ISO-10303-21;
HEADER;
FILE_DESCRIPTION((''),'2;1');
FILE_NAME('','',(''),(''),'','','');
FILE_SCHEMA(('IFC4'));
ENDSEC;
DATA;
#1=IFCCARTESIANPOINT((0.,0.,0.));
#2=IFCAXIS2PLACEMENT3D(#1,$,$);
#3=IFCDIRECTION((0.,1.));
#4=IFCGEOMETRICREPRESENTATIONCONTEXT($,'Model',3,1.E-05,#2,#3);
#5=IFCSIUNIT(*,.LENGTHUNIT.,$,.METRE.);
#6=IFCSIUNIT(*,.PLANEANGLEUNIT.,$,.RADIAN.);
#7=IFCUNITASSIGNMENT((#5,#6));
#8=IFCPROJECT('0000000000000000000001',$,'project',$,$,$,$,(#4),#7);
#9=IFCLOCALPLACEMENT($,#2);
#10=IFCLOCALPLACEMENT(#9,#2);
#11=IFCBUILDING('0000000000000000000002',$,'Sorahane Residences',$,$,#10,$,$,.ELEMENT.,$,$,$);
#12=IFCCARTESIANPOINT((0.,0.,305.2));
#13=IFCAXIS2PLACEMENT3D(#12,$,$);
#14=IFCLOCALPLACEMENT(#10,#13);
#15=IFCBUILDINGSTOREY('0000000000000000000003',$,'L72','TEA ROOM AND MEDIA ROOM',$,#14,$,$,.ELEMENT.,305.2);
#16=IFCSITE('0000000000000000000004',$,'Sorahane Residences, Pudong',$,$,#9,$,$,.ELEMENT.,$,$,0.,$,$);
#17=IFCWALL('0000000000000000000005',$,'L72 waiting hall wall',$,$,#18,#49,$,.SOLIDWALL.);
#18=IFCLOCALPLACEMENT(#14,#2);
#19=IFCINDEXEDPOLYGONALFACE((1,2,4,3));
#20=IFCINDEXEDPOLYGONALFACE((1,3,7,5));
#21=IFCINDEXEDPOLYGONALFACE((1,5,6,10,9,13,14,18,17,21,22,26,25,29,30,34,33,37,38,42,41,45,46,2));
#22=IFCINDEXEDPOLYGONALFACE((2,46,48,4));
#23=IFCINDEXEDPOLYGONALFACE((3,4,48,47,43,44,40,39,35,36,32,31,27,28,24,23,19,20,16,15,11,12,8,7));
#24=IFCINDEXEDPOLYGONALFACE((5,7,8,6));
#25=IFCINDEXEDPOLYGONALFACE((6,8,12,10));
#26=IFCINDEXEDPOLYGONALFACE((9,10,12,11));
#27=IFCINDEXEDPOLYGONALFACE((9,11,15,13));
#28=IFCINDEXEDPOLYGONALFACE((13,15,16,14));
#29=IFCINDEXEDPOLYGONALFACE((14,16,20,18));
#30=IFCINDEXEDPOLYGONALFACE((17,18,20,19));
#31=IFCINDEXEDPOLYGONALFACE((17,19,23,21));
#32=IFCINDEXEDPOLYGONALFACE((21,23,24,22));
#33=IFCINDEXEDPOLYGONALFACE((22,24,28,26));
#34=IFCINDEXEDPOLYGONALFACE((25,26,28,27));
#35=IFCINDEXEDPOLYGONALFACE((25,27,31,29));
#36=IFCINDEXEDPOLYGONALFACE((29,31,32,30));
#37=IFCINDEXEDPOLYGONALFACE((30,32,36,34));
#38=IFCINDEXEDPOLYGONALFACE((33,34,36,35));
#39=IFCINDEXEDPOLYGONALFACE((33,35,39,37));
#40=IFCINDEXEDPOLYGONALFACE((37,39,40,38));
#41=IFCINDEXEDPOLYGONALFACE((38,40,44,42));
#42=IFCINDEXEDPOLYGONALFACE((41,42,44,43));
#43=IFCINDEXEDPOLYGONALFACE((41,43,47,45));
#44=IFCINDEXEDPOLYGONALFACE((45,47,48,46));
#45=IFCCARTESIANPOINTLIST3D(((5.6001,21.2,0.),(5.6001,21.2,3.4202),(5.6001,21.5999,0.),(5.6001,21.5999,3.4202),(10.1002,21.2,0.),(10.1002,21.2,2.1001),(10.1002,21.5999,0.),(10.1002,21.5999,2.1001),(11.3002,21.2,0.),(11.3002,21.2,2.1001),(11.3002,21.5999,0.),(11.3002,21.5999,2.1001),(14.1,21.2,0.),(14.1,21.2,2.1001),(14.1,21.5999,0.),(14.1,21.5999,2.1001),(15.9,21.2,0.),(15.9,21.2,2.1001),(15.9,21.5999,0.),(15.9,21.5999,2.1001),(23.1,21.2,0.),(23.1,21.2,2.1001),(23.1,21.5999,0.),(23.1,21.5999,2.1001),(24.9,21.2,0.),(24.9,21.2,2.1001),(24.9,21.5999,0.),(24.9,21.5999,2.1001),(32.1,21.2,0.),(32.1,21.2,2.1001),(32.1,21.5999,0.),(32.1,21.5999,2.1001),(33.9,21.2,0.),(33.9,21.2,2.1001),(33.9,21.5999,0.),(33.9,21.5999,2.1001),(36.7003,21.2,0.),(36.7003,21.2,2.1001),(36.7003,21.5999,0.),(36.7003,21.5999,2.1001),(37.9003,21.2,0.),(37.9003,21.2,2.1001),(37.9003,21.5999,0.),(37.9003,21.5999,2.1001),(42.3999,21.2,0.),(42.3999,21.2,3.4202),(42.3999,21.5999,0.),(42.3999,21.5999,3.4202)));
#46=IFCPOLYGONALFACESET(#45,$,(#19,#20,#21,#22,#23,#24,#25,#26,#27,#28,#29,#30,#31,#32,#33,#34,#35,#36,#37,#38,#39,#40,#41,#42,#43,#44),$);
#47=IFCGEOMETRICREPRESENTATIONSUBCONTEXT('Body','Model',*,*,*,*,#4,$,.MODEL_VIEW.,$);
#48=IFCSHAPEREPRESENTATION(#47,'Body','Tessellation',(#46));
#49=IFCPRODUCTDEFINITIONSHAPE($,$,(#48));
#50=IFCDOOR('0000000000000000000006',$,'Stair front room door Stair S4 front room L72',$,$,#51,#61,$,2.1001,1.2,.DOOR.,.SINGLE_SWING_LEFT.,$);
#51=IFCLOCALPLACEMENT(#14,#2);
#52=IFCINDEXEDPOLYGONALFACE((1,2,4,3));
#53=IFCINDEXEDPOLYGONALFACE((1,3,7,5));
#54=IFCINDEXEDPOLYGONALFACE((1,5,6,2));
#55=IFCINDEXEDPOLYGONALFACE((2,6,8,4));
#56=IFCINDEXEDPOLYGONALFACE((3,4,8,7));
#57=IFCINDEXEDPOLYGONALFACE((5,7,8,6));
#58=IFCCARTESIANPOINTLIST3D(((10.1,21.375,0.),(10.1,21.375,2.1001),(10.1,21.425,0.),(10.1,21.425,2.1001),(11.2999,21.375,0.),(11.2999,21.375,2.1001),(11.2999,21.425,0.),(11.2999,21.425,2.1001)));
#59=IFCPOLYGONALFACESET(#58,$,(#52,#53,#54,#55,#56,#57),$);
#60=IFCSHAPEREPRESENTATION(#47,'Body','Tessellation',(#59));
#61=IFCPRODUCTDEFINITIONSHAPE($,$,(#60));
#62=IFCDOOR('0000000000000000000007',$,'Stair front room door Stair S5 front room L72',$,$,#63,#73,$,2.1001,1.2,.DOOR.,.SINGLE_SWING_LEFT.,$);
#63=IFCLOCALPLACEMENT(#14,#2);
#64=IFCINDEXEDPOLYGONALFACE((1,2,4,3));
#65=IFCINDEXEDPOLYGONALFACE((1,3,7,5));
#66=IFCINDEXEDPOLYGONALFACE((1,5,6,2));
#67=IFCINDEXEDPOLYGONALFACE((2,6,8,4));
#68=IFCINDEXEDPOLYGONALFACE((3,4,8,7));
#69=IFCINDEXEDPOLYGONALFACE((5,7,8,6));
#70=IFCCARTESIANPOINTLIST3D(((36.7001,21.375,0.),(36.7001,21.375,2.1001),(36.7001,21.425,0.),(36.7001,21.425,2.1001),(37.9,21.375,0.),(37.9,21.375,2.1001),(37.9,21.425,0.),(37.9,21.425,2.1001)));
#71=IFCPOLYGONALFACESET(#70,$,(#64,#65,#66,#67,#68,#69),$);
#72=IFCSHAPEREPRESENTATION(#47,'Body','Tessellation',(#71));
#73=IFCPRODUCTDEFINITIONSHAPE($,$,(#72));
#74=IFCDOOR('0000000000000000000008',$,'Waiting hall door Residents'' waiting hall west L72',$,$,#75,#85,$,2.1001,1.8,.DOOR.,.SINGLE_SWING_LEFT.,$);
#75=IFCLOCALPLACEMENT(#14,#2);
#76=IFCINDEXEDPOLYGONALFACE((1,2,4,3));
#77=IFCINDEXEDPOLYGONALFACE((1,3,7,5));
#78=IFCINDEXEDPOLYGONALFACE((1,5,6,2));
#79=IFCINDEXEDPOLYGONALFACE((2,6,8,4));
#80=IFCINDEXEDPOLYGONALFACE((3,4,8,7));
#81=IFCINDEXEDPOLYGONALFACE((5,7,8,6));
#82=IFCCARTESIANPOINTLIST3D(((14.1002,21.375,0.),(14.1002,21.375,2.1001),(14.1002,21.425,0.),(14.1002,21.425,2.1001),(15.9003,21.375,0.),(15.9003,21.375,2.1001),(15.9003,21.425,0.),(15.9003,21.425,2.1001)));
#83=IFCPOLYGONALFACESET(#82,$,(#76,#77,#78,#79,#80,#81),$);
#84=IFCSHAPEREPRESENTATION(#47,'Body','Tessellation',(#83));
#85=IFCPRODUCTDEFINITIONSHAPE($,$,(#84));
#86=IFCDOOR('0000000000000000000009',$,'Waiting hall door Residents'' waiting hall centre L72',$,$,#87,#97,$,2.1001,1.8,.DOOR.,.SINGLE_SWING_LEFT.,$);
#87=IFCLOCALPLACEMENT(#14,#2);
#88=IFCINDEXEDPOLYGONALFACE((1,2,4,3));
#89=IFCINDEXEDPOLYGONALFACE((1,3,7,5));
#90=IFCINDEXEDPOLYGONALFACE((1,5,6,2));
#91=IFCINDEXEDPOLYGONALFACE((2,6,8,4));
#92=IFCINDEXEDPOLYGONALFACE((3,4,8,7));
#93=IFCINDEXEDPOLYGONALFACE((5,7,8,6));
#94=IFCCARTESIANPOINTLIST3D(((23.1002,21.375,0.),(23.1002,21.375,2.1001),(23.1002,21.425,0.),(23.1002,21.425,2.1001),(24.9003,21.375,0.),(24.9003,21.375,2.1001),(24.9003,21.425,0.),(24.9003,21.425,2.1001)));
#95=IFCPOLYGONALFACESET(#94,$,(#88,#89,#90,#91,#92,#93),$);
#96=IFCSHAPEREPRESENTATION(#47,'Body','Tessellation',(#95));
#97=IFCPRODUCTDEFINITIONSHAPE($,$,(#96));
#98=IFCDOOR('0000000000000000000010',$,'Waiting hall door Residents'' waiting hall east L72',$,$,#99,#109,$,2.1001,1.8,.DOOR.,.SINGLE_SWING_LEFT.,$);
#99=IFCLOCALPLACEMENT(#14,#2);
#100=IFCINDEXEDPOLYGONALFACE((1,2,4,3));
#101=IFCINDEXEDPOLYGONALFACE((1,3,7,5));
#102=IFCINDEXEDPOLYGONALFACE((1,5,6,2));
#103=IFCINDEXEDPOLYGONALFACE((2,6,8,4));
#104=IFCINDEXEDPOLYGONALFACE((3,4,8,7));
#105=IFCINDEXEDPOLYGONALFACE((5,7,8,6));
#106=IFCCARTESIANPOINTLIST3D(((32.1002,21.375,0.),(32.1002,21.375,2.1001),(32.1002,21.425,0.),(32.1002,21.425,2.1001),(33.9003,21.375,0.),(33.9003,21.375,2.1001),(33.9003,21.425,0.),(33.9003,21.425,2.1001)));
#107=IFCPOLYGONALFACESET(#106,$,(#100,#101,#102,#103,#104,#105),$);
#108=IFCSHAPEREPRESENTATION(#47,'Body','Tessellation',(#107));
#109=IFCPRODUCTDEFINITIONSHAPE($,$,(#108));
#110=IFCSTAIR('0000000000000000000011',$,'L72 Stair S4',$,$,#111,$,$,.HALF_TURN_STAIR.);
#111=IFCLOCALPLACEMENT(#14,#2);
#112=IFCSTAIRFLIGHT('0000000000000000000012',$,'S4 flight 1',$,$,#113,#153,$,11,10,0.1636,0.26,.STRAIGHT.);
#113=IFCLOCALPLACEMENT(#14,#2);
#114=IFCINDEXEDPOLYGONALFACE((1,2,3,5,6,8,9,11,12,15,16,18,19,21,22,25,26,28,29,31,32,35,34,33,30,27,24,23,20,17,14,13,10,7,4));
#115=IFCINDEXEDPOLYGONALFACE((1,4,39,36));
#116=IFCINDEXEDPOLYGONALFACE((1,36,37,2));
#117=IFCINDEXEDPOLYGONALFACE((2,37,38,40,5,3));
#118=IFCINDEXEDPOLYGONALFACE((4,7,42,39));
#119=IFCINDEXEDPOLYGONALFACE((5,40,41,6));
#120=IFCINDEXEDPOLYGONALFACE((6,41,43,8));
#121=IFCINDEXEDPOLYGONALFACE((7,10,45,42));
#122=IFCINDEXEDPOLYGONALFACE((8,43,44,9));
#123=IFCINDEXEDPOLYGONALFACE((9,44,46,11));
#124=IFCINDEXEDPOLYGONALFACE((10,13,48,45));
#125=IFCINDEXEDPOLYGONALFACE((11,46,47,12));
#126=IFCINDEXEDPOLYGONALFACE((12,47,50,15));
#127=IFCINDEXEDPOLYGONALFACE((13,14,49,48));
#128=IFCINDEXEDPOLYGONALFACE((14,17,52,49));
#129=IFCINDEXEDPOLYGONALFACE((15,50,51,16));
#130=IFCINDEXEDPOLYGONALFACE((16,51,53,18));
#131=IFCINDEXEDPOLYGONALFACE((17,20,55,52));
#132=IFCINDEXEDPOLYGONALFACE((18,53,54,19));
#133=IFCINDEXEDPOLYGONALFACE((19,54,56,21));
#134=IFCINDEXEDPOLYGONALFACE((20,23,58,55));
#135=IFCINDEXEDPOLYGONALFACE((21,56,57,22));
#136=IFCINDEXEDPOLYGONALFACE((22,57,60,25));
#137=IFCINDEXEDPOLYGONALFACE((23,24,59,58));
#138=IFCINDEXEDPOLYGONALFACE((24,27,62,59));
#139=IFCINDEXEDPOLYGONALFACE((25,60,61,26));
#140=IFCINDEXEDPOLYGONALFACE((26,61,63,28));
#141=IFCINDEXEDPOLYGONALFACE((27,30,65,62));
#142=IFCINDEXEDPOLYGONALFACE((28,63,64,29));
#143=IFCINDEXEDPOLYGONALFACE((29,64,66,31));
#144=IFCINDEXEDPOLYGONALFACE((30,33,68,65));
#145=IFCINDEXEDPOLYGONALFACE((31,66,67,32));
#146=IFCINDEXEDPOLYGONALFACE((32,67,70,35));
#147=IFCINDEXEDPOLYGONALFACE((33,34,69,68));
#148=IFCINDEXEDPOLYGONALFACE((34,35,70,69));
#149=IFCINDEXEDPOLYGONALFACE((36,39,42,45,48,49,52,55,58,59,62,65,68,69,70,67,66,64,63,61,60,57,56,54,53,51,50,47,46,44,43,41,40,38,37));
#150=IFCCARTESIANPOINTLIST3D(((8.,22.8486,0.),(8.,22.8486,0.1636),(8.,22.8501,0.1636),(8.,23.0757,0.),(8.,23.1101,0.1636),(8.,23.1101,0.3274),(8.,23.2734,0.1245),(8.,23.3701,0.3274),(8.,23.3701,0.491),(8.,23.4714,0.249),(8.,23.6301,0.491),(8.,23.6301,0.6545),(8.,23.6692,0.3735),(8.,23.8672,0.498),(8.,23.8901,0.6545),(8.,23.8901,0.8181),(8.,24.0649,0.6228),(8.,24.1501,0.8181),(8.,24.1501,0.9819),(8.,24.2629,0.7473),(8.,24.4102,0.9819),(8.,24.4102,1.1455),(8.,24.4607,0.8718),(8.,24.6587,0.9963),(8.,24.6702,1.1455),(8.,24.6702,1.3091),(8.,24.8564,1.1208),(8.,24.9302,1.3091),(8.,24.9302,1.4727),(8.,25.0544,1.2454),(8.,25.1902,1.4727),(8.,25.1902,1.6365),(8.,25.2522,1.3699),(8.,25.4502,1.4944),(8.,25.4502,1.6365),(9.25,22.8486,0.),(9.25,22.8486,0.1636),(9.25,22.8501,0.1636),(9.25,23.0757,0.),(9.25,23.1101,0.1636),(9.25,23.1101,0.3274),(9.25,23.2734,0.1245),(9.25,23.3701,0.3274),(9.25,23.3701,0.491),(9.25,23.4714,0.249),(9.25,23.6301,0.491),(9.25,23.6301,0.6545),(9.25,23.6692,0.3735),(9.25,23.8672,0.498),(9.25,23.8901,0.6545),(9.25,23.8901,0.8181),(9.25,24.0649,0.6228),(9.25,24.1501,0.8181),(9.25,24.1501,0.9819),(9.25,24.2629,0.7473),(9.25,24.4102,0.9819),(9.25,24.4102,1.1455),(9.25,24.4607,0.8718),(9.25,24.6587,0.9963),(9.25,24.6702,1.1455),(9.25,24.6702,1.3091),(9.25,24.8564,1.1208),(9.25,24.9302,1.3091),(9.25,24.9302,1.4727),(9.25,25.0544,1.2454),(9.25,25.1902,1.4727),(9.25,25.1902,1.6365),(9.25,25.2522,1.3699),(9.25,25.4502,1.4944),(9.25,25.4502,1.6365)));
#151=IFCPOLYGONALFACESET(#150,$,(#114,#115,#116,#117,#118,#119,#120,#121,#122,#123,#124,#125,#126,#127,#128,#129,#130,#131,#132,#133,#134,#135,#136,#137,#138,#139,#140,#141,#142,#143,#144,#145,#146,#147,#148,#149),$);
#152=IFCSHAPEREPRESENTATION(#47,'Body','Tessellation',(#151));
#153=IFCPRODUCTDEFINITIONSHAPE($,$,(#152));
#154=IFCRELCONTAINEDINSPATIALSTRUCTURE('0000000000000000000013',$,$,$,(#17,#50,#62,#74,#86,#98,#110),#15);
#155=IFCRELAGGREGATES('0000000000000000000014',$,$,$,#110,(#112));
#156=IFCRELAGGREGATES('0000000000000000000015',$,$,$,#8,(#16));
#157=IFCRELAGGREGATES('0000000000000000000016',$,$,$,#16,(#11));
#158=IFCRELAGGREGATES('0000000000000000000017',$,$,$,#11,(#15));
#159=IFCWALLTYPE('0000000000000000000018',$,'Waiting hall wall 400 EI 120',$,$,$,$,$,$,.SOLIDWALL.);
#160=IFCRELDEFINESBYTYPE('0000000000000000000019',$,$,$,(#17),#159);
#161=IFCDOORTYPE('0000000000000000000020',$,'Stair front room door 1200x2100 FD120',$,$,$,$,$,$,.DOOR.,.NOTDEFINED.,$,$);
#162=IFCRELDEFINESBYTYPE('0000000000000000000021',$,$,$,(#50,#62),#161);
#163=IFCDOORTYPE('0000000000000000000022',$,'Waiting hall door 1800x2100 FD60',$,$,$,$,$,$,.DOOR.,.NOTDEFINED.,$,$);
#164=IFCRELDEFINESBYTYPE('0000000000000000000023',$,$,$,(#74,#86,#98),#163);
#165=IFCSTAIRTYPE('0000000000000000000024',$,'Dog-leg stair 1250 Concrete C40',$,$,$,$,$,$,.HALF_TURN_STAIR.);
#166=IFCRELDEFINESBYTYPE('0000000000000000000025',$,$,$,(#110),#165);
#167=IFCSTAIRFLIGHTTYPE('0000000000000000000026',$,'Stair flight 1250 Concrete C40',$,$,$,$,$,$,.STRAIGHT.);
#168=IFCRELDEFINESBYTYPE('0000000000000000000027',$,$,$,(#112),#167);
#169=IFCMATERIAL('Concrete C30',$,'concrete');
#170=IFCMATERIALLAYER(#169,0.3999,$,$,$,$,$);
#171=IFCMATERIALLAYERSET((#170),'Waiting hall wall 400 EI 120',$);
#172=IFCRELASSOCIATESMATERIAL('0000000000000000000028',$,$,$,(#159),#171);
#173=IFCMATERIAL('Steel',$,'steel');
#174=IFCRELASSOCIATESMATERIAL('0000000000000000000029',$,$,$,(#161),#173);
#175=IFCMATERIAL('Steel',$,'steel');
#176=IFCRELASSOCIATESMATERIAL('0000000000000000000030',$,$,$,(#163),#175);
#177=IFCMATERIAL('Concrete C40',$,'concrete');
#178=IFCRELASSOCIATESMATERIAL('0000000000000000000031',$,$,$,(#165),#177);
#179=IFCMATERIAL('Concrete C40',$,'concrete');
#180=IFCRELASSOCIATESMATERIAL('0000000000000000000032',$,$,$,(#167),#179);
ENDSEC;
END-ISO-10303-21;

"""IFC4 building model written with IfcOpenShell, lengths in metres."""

from ifc_helpers import new_model, si_unit, direction, frame, frame_2d, origin, place, context, subcontext, project, spatial, polyline, rectangle, outline, extrude, material, layer, layer_set, type_object, element, fill, aggregate, save


model = new_model("IFC4")

# Units and contexts
model_context = context("Model", 3, precision=1e-05, world=origin(), true_north=direction((0.0, 1.0)))
body_context = subcontext(model_context, "Body", "Model", "MODEL_VIEW")
ifc_project = project(units=[si_unit("LENGTHUNIT", "METRE"), si_unit("PLANEANGLEUNIT", "RADIAN")], contexts=[model_context])

# Site, building, storey
site_placement = place(None, origin())
site = spatial("IfcSite", under=ifc_project, at=site_placement, Name="Sorahane Residences, Pudong", CompositionType="ELEMENT", RefElevation=0.0)
building_placement = place(site_placement, origin())
building = spatial("IfcBuilding", under=site, at=building_placement, Name="Sorahane Residences", CompositionType="ELEMENT")
storey_placement = place(building_placement, frame((0.0, 0.0, 305.2)))
storey = spatial("IfcBuildingStorey", under=building, at=storey_placement, Name="L72", Description="TEA ROOM AND MEDIA ROOM", CompositionType="ELEMENT", Elevation=305.2)

# Wall, openings, doors
ifc_material_1 = material(Name="Concrete C30", Category="concrete")
ifc_layer_1 = layer(ifc_material_1, 0.3999)
ifc_layer_set_1 = layer_set([ifc_layer_1], Name="Waiting hall wall 400 EI 120")
wall_type_1 = type_object("IfcWallType", Name="Waiting hall wall 400 EI 120", PredefinedType="SOLIDWALL", material=ifc_layer_set_1)
wall_1_placement = place(storey_placement, frame((5.6001, 21.3999, 0.0), z_axis=(0.0, 0.0, 1.0), x_axis=(1.0, 0.0, 0.0)))
wall_1 = element("IfcWall", 1, at=wall_1_placement, inside=storey, type_object=wall_type_1, Name="L72 waiting hall wall", PredefinedType="SOLIDWALL", context=body_context, shape_type="SweptSolid", body=[
    extrude(rectangle(XDim=36.7998, YDim=0.3999, at=frame_2d((18.3999, 0.0))), origin(), (0.0, 0.0, 1.0), 3.4202),
])
opening_1_placement = place(wall_1_placement, frame((8.5, 0.0, 0.0)))
opening_1 = element("IfcOpeningElement", 2, at=opening_1_placement, cuts=wall_1, PredefinedType="OPENING", context=body_context, shape_type="SweptSolid", body=[
    extrude(rectangle(XDim=1.8, YDim=2.1001, at=frame_2d((0.8999, 1.05))), frame((0.0, 0.21, 0.0), z_axis=(0.0, -1.0, 0.0), x_axis=(1.0, 0.0, 0.0)), (0.0, 0.0, 1.0), 0.4199),
])
opening_2_placement = place(wall_1_placement, frame((17.5, 0.0, 0.0)))
opening_2 = element("IfcOpeningElement", 3, at=opening_2_placement, cuts=wall_1, PredefinedType="OPENING", context=body_context, shape_type="SweptSolid", body=[
    extrude(rectangle(XDim=1.8, YDim=2.1001, at=frame_2d((0.8999, 1.05))), frame((0.0, 0.21, 0.0), z_axis=(0.0, -1.0, 0.0), x_axis=(1.0, 0.0, 0.0)), (0.0, 0.0, 1.0), 0.4199),
])
opening_3_placement = place(wall_1_placement, frame((26.5, 0.0, 0.0)))
opening_3 = element("IfcOpeningElement", 4, at=opening_3_placement, cuts=wall_1, PredefinedType="OPENING", context=body_context, shape_type="SweptSolid", body=[
    extrude(rectangle(XDim=1.8, YDim=2.1001, at=frame_2d((0.8999, 1.05))), frame((0.0, 0.21, 0.0), z_axis=(0.0, -1.0, 0.0), x_axis=(1.0, 0.0, 0.0)), (0.0, 0.0, 1.0), 0.4199),
])
opening_4_placement = place(wall_1_placement, frame((4.5, 0.0, 0.0)))
opening_4 = element("IfcOpeningElement", 5, at=opening_4_placement, cuts=wall_1, PredefinedType="OPENING", context=body_context, shape_type="SweptSolid", body=[
    extrude(rectangle(XDim=1.2, YDim=2.1001, at=frame_2d((0.6001, 1.05))), frame((0.0, 0.21, 0.0), z_axis=(0.0, -1.0, 0.0), x_axis=(1.0, 0.0, 0.0)), (0.0, 0.0, 1.0), 0.4199),
])
opening_5_placement = place(wall_1_placement, frame((31.1001, 0.0, 0.0)))
opening_5 = element("IfcOpeningElement", 6, at=opening_5_placement, cuts=wall_1, PredefinedType="OPENING", context=body_context, shape_type="SweptSolid", body=[
    extrude(rectangle(XDim=1.2, YDim=2.1001, at=frame_2d((0.6001, 1.05))), frame((0.0, 0.21, 0.0), z_axis=(0.0, -1.0, 0.0), x_axis=(1.0, 0.0, 0.0)), (0.0, 0.0, 1.0), 0.4199),
])
ifc_material_2 = material(Name="Steel", Category="steel")
door_type_1 = type_object("IfcDoorType", Name="Stair front room door 1200x2100 FD120", OperationType="NOTDEFINED", PredefinedType="DOOR", material=ifc_material_2)
door_1_placement = place(opening_4_placement, frame((1.2, 0.0, 0.0), z_axis=(0.0, 0.0, 1.0), x_axis=(-1.0, 0.0, 0.0)))
door_1 = element("IfcDoor", 7, at=door_1_placement, inside=storey, type_object=door_type_1, Name="Stair front room door Stair S4 front room L72", OperationType="SINGLE_SWING_LEFT", OverallHeight=2.1001, OverallWidth=1.2, PredefinedType="DOOR", context=body_context, shape_type="SweptSolid", body=[
    extrude(rectangle(XDim=1.2, YDim=2.1001, at=frame_2d((0.6001, 1.05))), frame((0.0, 0.0249, 0.0), z_axis=(0.0, -1.0, 0.0), x_axis=(1.0, 0.0, 0.0)), (0.0, 0.0, 1.0), 0.05),
])
fill(opening_4, door_1)
door_2_placement = place(opening_5_placement, frame((1.2, 0.0, 0.0), z_axis=(0.0, 0.0, 1.0), x_axis=(-1.0, 0.0, 0.0)))
door_2 = element("IfcDoor", 8, at=door_2_placement, inside=storey, type_object=door_type_1, Name="Stair front room door Stair S5 front room L72", OperationType="SINGLE_SWING_LEFT", OverallHeight=2.1001, OverallWidth=1.2, PredefinedType="DOOR", context=body_context, shape_type="SweptSolid", body=[
    extrude(rectangle(XDim=1.2, YDim=2.1001, at=frame_2d((0.6001, 1.05))), frame((0.0, 0.0249, 0.0), z_axis=(0.0, -1.0, 0.0), x_axis=(1.0, 0.0, 0.0)), (0.0, 0.0, 1.0), 0.05),
])
fill(opening_5, door_2)
ifc_material_3 = material(Name="Steel", Category="steel")
door_type_2 = type_object("IfcDoorType", Name="Waiting hall door 1800x2100 FD60", OperationType="NOTDEFINED", PredefinedType="DOOR", material=ifc_material_3)
door_3_placement = place(opening_1_placement, frame((1.8, 0.0, 0.0), z_axis=(0.0, 0.0, 1.0), x_axis=(-1.0, 0.0, 0.0)))
door_3 = element("IfcDoor", 9, at=door_3_placement, inside=storey, type_object=door_type_2, Name="Waiting hall door Residents' waiting hall west L72", OperationType="SINGLE_SWING_LEFT", OverallHeight=2.1001, OverallWidth=1.8, PredefinedType="DOOR", context=body_context, shape_type="SweptSolid", body=[
    extrude(rectangle(XDim=1.8, YDim=2.1001, at=frame_2d((0.8999, 1.05))), frame((0.0, 0.0249, 0.0), z_axis=(0.0, -1.0, 0.0), x_axis=(1.0, 0.0, 0.0)), (0.0, 0.0, 1.0), 0.05),
])
fill(opening_1, door_3)
door_4_placement = place(opening_2_placement, frame((1.8, 0.0, 0.0), z_axis=(0.0, 0.0, 1.0), x_axis=(-1.0, 0.0, 0.0)))
door_4 = element("IfcDoor", 10, at=door_4_placement, inside=storey, type_object=door_type_2, Name="Waiting hall door Residents' waiting hall centre L72", OperationType="SINGLE_SWING_LEFT", OverallHeight=2.1001, OverallWidth=1.8, PredefinedType="DOOR", context=body_context, shape_type="SweptSolid", body=[
    extrude(rectangle(XDim=1.8, YDim=2.1001, at=frame_2d((0.8999, 1.05))), frame((0.0, 0.0249, 0.0), z_axis=(0.0, -1.0, 0.0), x_axis=(1.0, 0.0, 0.0)), (0.0, 0.0, 1.0), 0.05),
])
fill(opening_2, door_4)
door_5_placement = place(opening_3_placement, frame((1.8, 0.0, 0.0), z_axis=(0.0, 0.0, 1.0), x_axis=(-1.0, 0.0, 0.0)))
door_5 = element("IfcDoor", 11, at=door_5_placement, inside=storey, type_object=door_type_2, Name="Waiting hall door Residents' waiting hall east L72", OperationType="SINGLE_SWING_LEFT", OverallHeight=2.1001, OverallWidth=1.8, PredefinedType="DOOR", context=body_context, shape_type="SweptSolid", body=[
    extrude(rectangle(XDim=1.8, YDim=2.1001, at=frame_2d((0.8999, 1.05))), frame((0.0, 0.0249, 0.0), z_axis=(0.0, -1.0, 0.0), x_axis=(1.0, 0.0, 0.0)), (0.0, 0.0, 1.0), 0.05),
])
fill(opening_3, door_5)

# Stair, stair flight
ifc_material_4 = material(Name="Concrete C40", Category="concrete")
stair_type = type_object("IfcStairType", Name="Dog-leg stair 1250 Concrete C40", PredefinedType="HALF_TURN_STAIR", material=ifc_material_4)
stair_placement = place(storey_placement, origin())
stair = element("IfcStair", 12, at=stair_placement, inside=storey, type_object=stair_type, Name="L72 Stair S4", PredefinedType="HALF_TURN_STAIR")
ifc_material_5 = material(Name="Concrete C40", Category="concrete")
stair_flight_type = type_object("IfcStairFlightType", Name="Stair flight 1250 Concrete C40", PredefinedType="STRAIGHT", material=ifc_material_5)
stair_flight_placement = place(storey_placement, frame((8.625, 22.8501, 0.0), z_axis=(0.0, 0.0, 1.0), x_axis=(0.0, 1.0, 0.0)))
stair_flight = element("IfcStairFlight", 13, at=stair_flight_placement, type_object=stair_flight_type, Name="S4 flight 1", NumberOfRisers=11, NumberOfTreads=10, PredefinedType="STRAIGHT", RiserHeight=0.1636, TreadLength=0.26, context=body_context, shape_type="SweptSolid", body=[
    extrude(outline(polyline([(-0.0015, 0.0), (-0.0015, 0.1636), (0.0, 0.1636), (0.26, 0.1636), (0.26, 0.3274), (0.52, 0.3274), (0.52, 0.491), (0.78, 0.491), (0.78, 0.6545), (1.04, 0.6545), (1.04, 0.8181), (1.3, 0.8181), (1.3, 0.9819), (1.5601, 0.9819), (1.5601, 1.1455), (1.8201, 1.1455), (1.8201, 1.3091), (2.0801, 1.3091), (2.0801, 1.4727), (2.3401, 1.4727), (2.3401, 1.6365), (2.6001, 1.6365), (2.6001, 1.8), (2.6001, 1.4944), (2.4021, 1.3699), (2.2043, 1.2454), (2.0063, 1.1208), (1.8086, 0.9963), (1.6106, 0.8718), (1.4128, 0.7473), (1.2148, 0.6228), (1.0171, 0.498), (0.8191, 0.3735), (0.6213, 0.249), (0.4233, 0.1245), (0.2256, 0.0), (-0.0015, 0.0)])), frame((0.0, 0.625, 0.0), z_axis=(0.0, -1.0, 0.0), x_axis=(1.0, 0.0, 0.0)), (0.0, 0.0, 1.0), 1.25),
])
aggregate(stair, [stair_flight])

save(model, "model.ifc")
